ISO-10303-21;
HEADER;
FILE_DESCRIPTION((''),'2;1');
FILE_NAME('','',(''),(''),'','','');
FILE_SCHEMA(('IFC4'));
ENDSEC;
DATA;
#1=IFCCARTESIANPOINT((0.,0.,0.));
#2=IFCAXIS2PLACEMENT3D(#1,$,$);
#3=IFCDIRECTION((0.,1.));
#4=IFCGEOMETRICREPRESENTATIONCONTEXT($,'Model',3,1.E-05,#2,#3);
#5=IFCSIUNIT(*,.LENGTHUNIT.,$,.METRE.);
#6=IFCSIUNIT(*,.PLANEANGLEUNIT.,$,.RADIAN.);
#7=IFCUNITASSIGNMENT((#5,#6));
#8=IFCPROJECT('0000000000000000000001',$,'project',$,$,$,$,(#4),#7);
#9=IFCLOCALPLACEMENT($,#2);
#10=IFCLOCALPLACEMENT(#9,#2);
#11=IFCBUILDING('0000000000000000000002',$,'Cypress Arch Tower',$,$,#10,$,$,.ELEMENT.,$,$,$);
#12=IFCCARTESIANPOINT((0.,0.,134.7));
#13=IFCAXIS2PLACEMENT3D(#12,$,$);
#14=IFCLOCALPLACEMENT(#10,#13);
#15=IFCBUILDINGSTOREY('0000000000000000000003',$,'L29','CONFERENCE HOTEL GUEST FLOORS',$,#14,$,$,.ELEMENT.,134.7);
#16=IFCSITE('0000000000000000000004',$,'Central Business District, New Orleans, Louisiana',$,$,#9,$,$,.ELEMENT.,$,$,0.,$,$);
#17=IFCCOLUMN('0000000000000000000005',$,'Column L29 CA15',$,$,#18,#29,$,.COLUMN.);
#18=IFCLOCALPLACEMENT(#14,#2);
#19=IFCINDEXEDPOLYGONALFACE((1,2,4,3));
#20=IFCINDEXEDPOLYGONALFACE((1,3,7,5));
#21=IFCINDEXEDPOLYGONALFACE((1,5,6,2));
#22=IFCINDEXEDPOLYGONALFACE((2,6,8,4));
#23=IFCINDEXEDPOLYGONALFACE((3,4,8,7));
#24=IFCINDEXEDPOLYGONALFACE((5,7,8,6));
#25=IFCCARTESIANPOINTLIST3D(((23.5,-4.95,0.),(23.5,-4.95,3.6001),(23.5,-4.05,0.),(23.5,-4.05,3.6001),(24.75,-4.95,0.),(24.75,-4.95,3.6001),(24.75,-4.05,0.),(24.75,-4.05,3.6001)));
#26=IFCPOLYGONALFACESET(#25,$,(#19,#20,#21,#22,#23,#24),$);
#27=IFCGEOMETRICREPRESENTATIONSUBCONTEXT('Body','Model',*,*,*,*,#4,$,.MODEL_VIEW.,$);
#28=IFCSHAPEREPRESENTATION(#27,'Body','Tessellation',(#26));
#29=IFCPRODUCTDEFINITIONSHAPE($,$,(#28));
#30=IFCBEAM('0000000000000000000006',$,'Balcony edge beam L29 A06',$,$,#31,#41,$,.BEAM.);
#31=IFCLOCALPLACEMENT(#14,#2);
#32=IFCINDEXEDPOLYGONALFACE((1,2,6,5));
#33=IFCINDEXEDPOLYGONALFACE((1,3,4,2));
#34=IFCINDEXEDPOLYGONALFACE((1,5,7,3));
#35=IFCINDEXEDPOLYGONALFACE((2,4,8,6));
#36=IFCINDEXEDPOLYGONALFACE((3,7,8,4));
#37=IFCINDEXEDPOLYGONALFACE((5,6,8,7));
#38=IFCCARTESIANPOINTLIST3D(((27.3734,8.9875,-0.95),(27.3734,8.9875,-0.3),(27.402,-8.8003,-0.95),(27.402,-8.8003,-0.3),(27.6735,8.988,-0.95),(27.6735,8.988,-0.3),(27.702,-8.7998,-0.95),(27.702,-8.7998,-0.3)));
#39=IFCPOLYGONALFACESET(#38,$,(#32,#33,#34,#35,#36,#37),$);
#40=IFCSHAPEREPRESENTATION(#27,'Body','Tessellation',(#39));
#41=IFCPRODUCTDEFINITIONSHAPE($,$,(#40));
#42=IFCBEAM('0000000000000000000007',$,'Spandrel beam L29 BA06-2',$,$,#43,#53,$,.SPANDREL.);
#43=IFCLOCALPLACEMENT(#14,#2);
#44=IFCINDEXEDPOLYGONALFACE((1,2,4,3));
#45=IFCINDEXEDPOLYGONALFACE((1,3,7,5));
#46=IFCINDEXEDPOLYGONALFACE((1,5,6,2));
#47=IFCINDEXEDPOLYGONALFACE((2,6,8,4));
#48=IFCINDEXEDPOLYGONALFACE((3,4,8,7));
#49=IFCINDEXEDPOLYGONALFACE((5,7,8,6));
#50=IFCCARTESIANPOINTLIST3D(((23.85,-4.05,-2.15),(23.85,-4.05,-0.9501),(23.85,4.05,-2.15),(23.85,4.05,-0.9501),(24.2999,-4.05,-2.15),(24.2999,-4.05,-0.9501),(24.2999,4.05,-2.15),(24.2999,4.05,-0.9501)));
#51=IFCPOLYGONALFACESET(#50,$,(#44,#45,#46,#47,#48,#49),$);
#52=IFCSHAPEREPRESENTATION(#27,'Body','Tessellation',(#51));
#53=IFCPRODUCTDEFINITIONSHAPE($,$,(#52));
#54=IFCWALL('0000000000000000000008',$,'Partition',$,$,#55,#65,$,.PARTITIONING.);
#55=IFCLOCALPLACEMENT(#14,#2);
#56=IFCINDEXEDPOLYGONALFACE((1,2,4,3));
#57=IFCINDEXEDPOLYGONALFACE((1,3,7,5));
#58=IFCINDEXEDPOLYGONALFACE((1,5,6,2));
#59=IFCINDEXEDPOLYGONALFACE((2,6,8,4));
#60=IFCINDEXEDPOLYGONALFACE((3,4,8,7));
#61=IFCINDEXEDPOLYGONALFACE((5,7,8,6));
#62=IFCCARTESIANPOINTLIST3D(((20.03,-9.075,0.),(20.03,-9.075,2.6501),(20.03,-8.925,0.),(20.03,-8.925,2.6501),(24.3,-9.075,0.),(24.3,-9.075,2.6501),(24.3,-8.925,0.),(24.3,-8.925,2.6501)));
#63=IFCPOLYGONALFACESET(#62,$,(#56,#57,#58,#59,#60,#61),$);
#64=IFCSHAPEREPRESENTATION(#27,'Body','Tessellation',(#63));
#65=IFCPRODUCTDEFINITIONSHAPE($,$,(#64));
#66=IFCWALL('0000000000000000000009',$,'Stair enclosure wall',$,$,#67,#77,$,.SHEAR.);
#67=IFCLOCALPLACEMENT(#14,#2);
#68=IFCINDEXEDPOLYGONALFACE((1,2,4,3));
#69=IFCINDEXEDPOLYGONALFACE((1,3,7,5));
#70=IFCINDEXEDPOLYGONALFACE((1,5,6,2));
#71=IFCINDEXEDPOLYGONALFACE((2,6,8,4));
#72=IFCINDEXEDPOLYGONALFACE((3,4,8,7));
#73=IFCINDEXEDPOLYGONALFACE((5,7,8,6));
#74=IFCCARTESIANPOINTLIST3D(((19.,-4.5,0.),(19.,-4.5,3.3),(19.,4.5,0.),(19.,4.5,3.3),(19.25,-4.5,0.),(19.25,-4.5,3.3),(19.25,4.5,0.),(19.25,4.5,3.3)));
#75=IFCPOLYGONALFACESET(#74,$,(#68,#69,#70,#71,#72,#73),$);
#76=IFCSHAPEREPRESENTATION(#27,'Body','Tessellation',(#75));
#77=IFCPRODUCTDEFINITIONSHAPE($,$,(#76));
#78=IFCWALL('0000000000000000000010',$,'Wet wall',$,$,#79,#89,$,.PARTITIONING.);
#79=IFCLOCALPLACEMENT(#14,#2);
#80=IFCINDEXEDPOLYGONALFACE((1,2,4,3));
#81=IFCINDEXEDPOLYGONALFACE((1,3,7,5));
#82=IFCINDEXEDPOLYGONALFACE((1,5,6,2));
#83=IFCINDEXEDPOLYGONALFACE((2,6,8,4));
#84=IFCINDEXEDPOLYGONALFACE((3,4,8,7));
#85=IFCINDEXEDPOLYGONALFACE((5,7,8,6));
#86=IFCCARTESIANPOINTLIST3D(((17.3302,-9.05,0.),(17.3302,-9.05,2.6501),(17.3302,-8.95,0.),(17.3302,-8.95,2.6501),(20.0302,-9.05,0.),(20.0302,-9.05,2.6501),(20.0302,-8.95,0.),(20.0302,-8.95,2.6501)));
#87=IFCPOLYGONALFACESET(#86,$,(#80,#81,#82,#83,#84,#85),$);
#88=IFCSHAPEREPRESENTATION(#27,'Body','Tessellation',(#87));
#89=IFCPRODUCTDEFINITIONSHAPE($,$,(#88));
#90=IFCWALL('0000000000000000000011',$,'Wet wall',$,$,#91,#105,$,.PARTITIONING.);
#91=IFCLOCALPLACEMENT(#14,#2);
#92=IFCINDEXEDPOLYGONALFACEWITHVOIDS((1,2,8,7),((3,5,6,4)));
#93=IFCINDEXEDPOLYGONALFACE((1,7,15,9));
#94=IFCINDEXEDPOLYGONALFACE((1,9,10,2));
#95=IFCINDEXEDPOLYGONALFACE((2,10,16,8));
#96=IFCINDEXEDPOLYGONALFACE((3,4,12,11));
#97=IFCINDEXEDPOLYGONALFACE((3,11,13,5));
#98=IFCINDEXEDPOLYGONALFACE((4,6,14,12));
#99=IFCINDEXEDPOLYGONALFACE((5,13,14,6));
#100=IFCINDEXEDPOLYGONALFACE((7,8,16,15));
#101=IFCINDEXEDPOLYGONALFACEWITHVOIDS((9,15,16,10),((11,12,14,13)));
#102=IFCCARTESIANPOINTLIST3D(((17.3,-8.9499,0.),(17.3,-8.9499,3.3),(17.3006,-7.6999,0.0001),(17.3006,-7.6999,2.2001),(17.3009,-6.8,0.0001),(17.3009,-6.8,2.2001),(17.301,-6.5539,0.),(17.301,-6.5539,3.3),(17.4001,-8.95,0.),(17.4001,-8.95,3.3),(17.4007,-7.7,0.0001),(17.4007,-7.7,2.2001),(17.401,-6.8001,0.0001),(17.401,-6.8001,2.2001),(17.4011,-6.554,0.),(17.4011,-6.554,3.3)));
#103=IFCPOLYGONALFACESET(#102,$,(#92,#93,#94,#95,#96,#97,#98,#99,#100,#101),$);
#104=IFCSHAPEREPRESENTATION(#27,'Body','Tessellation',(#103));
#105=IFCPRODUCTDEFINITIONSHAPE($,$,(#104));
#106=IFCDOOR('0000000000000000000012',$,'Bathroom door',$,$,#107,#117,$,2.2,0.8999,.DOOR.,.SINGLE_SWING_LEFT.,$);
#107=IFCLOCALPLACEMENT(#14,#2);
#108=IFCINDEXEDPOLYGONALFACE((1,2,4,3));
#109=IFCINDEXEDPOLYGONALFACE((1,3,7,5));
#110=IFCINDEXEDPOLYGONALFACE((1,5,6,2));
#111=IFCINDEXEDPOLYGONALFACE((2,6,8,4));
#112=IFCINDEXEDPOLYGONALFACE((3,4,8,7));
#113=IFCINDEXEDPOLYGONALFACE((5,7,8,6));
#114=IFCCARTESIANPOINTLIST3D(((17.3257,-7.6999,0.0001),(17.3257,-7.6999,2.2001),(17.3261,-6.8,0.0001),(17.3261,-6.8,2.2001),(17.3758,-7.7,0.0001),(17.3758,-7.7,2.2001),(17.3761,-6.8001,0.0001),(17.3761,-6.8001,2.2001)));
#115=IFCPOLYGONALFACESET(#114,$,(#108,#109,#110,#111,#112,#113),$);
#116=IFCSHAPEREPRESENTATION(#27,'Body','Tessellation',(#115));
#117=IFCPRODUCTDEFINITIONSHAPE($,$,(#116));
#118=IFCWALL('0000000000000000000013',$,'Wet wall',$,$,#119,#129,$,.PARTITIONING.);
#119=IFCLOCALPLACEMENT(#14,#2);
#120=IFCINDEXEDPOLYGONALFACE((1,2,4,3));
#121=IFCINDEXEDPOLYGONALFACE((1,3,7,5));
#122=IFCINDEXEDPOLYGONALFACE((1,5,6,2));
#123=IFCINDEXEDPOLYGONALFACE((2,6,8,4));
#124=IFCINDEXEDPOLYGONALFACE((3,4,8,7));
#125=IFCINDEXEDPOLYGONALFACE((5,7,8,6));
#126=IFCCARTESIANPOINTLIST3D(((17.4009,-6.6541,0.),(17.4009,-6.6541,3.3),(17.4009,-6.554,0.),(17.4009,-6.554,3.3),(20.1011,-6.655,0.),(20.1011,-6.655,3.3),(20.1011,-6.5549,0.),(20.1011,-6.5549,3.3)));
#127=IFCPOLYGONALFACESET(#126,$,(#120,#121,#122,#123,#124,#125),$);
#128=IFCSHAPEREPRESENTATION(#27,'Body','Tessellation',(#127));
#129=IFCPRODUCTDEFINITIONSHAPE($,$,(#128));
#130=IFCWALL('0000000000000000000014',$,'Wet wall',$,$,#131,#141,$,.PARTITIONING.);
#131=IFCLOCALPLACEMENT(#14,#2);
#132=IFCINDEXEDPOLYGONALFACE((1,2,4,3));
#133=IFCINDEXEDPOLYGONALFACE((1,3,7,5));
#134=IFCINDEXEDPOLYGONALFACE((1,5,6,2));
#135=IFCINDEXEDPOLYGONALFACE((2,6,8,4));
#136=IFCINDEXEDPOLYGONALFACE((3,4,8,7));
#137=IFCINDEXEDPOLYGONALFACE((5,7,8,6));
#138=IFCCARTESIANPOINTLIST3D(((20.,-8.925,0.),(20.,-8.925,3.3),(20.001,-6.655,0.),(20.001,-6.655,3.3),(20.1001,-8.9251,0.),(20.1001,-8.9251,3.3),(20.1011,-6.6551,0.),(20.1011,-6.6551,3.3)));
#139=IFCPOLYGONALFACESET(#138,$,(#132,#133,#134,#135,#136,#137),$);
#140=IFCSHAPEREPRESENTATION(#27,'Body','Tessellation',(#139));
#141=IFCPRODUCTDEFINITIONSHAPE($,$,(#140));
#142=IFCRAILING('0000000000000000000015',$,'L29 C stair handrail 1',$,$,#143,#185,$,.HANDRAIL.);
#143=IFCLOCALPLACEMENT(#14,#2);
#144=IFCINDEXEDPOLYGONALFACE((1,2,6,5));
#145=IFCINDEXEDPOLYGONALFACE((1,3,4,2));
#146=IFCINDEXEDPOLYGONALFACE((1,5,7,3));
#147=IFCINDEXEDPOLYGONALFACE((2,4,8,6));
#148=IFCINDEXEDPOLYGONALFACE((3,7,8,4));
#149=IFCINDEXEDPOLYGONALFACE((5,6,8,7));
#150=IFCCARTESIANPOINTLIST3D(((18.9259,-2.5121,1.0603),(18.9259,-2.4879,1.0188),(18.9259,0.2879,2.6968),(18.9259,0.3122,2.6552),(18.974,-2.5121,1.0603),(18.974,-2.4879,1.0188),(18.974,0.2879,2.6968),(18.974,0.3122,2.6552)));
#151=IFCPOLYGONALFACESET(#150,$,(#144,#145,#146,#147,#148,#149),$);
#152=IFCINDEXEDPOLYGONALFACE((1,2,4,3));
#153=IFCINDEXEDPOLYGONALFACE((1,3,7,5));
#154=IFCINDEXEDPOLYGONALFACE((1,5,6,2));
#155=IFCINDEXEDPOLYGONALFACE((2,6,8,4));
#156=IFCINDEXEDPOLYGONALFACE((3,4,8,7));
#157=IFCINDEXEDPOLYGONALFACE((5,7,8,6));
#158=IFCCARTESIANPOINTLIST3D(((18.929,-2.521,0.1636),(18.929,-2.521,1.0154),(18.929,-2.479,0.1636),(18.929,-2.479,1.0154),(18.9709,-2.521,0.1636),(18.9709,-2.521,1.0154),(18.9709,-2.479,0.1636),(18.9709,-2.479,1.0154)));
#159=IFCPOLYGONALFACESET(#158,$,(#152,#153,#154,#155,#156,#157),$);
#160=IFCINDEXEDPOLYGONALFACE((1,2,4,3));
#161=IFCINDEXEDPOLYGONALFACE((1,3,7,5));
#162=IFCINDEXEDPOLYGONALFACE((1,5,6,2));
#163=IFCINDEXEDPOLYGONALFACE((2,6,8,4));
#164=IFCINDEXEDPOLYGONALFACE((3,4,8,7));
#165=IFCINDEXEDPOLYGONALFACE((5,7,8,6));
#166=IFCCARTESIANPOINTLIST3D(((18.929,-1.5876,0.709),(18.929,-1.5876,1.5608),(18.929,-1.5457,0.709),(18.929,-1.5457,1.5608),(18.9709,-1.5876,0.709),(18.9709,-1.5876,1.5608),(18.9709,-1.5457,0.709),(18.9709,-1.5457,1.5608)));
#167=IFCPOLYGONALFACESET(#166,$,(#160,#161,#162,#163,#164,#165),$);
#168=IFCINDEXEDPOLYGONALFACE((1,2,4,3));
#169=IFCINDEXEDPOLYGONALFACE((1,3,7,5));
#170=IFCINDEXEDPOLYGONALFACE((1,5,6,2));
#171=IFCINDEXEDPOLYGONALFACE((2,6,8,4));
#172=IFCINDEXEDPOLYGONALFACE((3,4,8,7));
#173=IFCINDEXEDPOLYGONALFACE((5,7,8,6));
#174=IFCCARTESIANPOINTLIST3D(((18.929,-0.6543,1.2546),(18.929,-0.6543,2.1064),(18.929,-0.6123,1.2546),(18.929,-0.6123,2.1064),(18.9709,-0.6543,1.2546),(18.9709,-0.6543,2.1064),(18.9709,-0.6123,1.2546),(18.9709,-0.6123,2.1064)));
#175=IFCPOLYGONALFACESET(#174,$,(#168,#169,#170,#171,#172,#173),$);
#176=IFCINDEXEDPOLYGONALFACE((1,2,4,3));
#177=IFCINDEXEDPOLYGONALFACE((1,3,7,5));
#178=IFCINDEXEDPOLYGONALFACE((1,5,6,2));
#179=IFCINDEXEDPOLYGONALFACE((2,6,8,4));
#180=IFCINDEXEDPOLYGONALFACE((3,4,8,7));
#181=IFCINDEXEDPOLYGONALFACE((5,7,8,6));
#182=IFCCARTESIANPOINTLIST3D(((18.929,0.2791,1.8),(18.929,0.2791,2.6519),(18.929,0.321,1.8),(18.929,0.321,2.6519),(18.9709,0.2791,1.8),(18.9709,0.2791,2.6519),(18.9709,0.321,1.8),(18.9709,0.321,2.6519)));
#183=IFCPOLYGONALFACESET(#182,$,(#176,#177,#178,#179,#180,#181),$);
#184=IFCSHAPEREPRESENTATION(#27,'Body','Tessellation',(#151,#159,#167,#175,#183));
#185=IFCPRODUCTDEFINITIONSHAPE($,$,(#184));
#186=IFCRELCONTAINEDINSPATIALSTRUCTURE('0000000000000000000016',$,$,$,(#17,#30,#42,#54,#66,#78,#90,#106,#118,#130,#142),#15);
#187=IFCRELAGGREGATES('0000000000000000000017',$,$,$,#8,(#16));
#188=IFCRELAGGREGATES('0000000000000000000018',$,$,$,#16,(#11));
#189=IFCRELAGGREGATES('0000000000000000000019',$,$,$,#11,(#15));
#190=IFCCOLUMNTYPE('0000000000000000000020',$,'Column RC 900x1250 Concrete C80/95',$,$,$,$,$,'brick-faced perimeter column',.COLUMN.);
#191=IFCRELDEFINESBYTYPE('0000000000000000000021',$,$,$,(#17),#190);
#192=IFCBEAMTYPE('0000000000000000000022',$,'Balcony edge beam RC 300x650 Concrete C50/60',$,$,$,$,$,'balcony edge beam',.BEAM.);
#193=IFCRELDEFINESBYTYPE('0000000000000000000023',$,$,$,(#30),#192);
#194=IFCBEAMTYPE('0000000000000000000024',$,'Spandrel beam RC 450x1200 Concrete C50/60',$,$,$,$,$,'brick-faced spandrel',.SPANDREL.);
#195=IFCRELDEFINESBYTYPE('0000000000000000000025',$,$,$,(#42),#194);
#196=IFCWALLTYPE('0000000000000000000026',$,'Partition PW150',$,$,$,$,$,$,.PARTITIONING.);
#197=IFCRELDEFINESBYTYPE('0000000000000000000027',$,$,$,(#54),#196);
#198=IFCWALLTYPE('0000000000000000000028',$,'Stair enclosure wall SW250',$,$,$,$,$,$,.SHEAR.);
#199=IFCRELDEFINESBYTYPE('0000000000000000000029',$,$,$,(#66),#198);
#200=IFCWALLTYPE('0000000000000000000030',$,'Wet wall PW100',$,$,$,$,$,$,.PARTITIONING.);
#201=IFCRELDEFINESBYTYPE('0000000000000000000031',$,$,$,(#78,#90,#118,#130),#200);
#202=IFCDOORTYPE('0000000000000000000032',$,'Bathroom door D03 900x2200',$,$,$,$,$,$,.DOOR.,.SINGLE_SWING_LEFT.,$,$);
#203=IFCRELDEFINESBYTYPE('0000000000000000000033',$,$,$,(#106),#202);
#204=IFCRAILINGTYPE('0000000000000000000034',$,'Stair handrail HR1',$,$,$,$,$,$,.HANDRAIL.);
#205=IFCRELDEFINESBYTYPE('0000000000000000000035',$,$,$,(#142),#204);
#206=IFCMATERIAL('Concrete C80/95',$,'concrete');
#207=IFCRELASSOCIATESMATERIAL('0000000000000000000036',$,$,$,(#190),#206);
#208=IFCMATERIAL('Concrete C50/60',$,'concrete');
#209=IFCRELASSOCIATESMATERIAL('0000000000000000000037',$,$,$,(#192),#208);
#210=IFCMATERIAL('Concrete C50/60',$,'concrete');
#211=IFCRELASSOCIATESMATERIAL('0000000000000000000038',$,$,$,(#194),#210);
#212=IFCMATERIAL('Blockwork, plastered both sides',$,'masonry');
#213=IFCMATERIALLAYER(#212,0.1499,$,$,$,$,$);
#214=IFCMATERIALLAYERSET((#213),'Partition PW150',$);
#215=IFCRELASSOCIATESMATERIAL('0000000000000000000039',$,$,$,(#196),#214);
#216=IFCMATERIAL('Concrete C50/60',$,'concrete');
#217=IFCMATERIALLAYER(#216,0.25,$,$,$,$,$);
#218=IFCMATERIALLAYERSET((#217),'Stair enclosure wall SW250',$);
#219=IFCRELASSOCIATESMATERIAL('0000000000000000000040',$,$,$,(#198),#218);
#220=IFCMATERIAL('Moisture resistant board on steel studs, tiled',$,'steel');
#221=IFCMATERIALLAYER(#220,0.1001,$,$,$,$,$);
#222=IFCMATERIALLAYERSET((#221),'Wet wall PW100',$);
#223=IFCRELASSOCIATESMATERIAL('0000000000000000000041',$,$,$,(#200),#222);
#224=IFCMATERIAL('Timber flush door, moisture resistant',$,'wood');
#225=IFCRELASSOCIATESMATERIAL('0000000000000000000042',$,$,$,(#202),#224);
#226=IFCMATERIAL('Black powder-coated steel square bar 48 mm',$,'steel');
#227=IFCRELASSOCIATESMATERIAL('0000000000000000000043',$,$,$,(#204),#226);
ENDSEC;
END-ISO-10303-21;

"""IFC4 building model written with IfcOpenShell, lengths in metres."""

from ifc_helpers import new_model, si_unit, direction, frame, frame_2d, origin, origin_2d, place, context, subcontext, project, spatial, rectangle, extrude, material, layer, layer_set, material_profile, profile_set, type_object, element, fill, save


model = new_model("IFC4")

# Units and contexts
model_context = context("Model", 3, precision=1e-05, world=origin(), true_north=direction((0.0, 1.0)))
body_context = subcontext(model_context, "Body", "Model", "MODEL_VIEW")
ifc_project = project(units=[si_unit("LENGTHUNIT", "METRE"), si_unit("PLANEANGLEUNIT", "RADIAN")], contexts=[model_context])

# Site, building, storey
site_placement = place(None, origin())
site = spatial("IfcSite", under=ifc_project, at=site_placement, Name="Central Business District, New Orleans, Louisiana", CompositionType="ELEMENT", RefElevation=0.0)
building_placement = place(site_placement, origin())
building = spatial("IfcBuilding", under=site, at=building_placement, Name="Cypress Arch Tower", CompositionType="ELEMENT")
storey_placement = place(building_placement, frame((0.0, 0.0, 134.7)))
storey = spatial("IfcBuildingStorey", under=building, at=storey_placement, Name="L29", Description="CONFERENCE HOTEL GUEST FLOORS", CompositionType="ELEMENT", Elevation=134.7)

# Column
ifc_material_1 = material(Name="Concrete C80/95", Category="concrete")
ifc_material_profile_1 = material_profile(ifc_material_1, rectangle(XDim=0.8999, YDim=1.25, at=origin_2d()), Name="RC 900x1250")
ifc_profile_set_1 = profile_set([ifc_material_profile_1], Name="Concrete C80/95")
column_type = type_object("IfcColumnType", Name="Column RC 900x1250 Concrete C80/95", ElementType="brick-faced perimeter column", PredefinedType="COLUMN", material=ifc_profile_set_1)
column_placement = place(storey_placement, frame((24.125, -4.5, 0.0), z_axis=(0.0, 0.0, 1.0), x_axis=(0.0, 1.0, 0.0)))
element("IfcColumn", 1, at=column_placement, inside=storey, type_object=column_type, Name="Column L29 CA15", PredefinedType="COLUMN", context=body_context, shape_type="SweptSolid", body=[
    extrude(rectangle(XDim=0.8999, YDim=1.25, at=origin_2d()), origin(), (0.0, 0.0, 1.0), 3.6001),
])

# Beams
ifc_material_2 = material(Name="Concrete C50/60", Category="concrete")
ifc_material_profile_2 = material_profile(ifc_material_2, rectangle(XDim=0.3, YDim=0.6499, at=origin_2d()), Name="RC 300x650")
ifc_profile_set_2 = profile_set([ifc_material_profile_2], Name="Concrete C50/60")
beam_type_1 = type_object("IfcBeamType", Name="Balcony edge beam RC 300x650 Concrete C50/60", ElementType="balcony edge beam", PredefinedType="BEAM", material=ifc_profile_set_2)
beam_1_placement = place(storey_placement, frame((27.552, -8.8, -0.625), z_axis=(-0.001606, 0.999999, 0.0), x_axis=(-0.999999, -0.001606, 0.0)))
element("IfcBeam", 2, at=beam_1_placement, inside=storey, type_object=beam_type_1, Name="Balcony edge beam L29 A06", PredefinedType="BEAM", context=body_context, shape_type="SweptSolid", body=[
    extrude(rectangle(XDim=0.3, YDim=0.6499, at=origin_2d()), origin(), (0.0, 0.0, 1.0), 17.7878),
])
ifc_material_3 = material(Name="Concrete C50/60", Category="concrete")
ifc_material_profile_3 = material_profile(ifc_material_3, rectangle(XDim=0.45, YDim=1.2, at=origin_2d()), Name="RC 450x1200")
ifc_profile_set_3 = profile_set([ifc_material_profile_3], Name="Concrete C50/60")
beam_type_2 = type_object("IfcBeamType", Name="Spandrel beam RC 450x1200 Concrete C50/60", ElementType="brick-faced spandrel", PredefinedType="SPANDREL", material=ifc_profile_set_3)
beam_2_placement = place(storey_placement, frame((24.075, -4.05, -1.55), z_axis=(0.0, 1.0, 0.0), x_axis=(-1.0, 0.0, 0.0)))
element("IfcBeam", 3, at=beam_2_placement, inside=storey, type_object=beam_type_2, Name="Spandrel beam L29 BA06-2", PredefinedType="SPANDREL", context=body_context, shape_type="SweptSolid", body=[
    extrude(rectangle(XDim=0.45, YDim=1.2, at=origin_2d()), origin(), (0.0, 0.0, 1.0), 8.1001),
])

# Walls
ifc_material_4 = material(Name="Blockwork, plastered both sides", Category="masonry")
ifc_layer_1 = layer(ifc_material_4, 0.1499)
ifc_layer_set_1 = layer_set([ifc_layer_1], Name="Partition PW150")
wall_type_1 = type_object("IfcWallType", Name="Partition PW150", PredefinedType="PARTITIONING", material=ifc_layer_set_1)
wall_1_placement = place(storey_placement, frame((20.03, -9.0, 0.0), z_axis=(0.0, 0.0, 1.0), x_axis=(1.0, 0.0, 0.0)))
element("IfcWall", 4, at=wall_1_placement, inside=storey, type_object=wall_type_1, Name="Partition", PredefinedType="PARTITIONING", context=body_context, shape_type="SweptSolid", body=[
    extrude(rectangle(XDim=4.27, YDim=0.1499, at=frame_2d((2.135, 0.0))), origin(), (0.0, 0.0, 1.0), 2.6501),
])
ifc_material_5 = material(Name="Concrete C50/60", Category="concrete")
ifc_layer_2 = layer(ifc_material_5, 0.25)
ifc_layer_set_2 = layer_set([ifc_layer_2], Name="Stair enclosure wall SW250")
wall_type_2 = type_object("IfcWallType", Name="Stair enclosure wall SW250", PredefinedType="SHEAR", material=ifc_layer_set_2)
wall_2_placement = place(storey_placement, frame((19.125, -4.5, 0.0), z_axis=(0.0, 0.0, 1.0), x_axis=(0.0, 1.0, 0.0)))
element("IfcWall", 5, at=wall_2_placement, inside=storey, type_object=wall_type_2, Name="Stair enclosure wall", PredefinedType="SHEAR", context=body_context, shape_type="SweptSolid", body=[
    extrude(rectangle(XDim=9.0, YDim=0.25, at=frame_2d((4.5, 0.0))), origin(), (0.0, 0.0, 1.0), 3.3),
])
ifc_material_6 = material(Name="Moisture resistant board on steel studs, tiled", Category="steel")
ifc_layer_3 = layer(ifc_material_6, 0.1001)
ifc_layer_set_3 = layer_set([ifc_layer_3], Name="Wet wall PW100")
wall_type_3 = type_object("IfcWallType", Name="Wet wall PW100", PredefinedType="PARTITIONING", material=ifc_layer_set_3)
wall_3_placement = place(storey_placement, frame((17.3301, -9.0, 0.0), z_axis=(0.0, 0.0, 1.0), x_axis=(1.0, 0.0, 0.0)))
element("IfcWall", 6, at=wall_3_placement, inside=storey, type_object=wall_type_3, Name="Wet wall", PredefinedType="PARTITIONING", context=body_context, shape_type="SweptSolid", body=[
    extrude(rectangle(XDim=2.7, YDim=0.1001, at=frame_2d((1.3501, 0.0))), origin(), (0.0, 0.0, 1.0), 2.6501),
])

# Wall, opening, door
wall_4_placement = place(storey_placement, frame((17.3501, -8.95, 0.0), z_axis=(0.0, 0.0, 1.0), x_axis=(0.000408, 1.0, 0.0)))
wall_4 = element("IfcWall", 7, at=wall_4_placement, inside=storey, type_object=wall_type_3, Name="Wet wall", PredefinedType="PARTITIONING", context=body_context, shape_type="SweptSolid", body=[
    extrude(rectangle(XDim=2.396, YDim=0.1001, at=frame_2d((1.198, 0.0))), origin(), (0.0, 0.0, 1.0), 3.3),
])
opening_1_placement = place(wall_4_placement, frame((1.25, 0.0, 0.0)))
opening_1 = element("IfcOpeningElement", 8, at=opening_1_placement, cuts=wall_4, PredefinedType="OPENING", context=body_context, shape_type="SweptSolid", body=[
    extrude(rectangle(XDim=0.8999, YDim=2.2, at=frame_2d((0.45, 1.1001))), frame((0.0, 0.0601, 0.0), z_axis=(0.0, -1.0, 0.0), x_axis=(1.0, 0.0, 0.0)), (0.0, 0.0, 1.0), 0.1201),
])
ifc_material_7 = material(Name="Timber flush door, moisture resistant", Category="wood")
door_type_1 = type_object("IfcDoorType", Name="Bathroom door D03 900x2200", OperationType="SINGLE_SWING_LEFT", PredefinedType="DOOR", material=ifc_material_7)
door_1_placement = place(opening_1_placement, origin())
door_1 = element("IfcDoor", 9, at=door_1_placement, inside=storey, type_object=door_type_1, Name="Bathroom door", OperationType="SINGLE_SWING_LEFT", OverallHeight=2.2, OverallWidth=0.8999, PredefinedType="DOOR", context=body_context, shape_type="SweptSolid", body=[
    extrude(rectangle(XDim=0.8999, YDim=2.2, at=frame_2d((0.45, 1.1001))), frame((0.0, 0.0249, 0.0), z_axis=(0.0, -1.0, 0.0), x_axis=(1.0, 0.0, 0.0)), (0.0, 0.0, 1.0), 0.05),
])
fill(opening_1, door_1)

# Walls
wall_5_placement = place(storey_placement, frame((17.4009, -6.604, 0.0), z_axis=(0.0, 0.0, 1.0), x_axis=(1.0, -0.000362, 0.0)))
element("IfcWall", 10, at=wall_5_placement, inside=storey, type_object=wall_type_3, Name="Wet wall", PredefinedType="PARTITIONING", context=body_context, shape_type="SweptSolid", body=[
    extrude(rectangle(XDim=2.7002, YDim=0.1001, at=frame_2d((1.3501, 0.0))), origin(), (0.0, 0.0, 1.0), 3.3),
])
wall_6_placement = place(storey_placement, frame((20.05, -8.925, 0.0), z_axis=(0.0, 0.0, 1.0), x_axis=(0.00043, 1.0, 0.0)))
element("IfcWall", 11, at=wall_6_placement, inside=storey, type_object=wall_type_3, Name="Wet wall", PredefinedType="PARTITIONING", context=body_context, shape_type="SweptSolid", body=[
    extrude(rectangle(XDim=2.27, YDim=0.1001, at=frame_2d((1.135, 0.0))), origin(), (0.0, 0.0, 1.0), 3.3),
])

# Railing
ifc_material_8 = material(Name="Black powder-coated steel square bar 48 mm", Category="steel")
railing_type_1 = type_object("IfcRailingType", Name="Stair handrail HR1", PredefinedType="HANDRAIL", material=ifc_material_8)
railing_1_placement = place(storey_placement, frame((18.95, -2.5, 0.1636)))
element("IfcRailing", 12, at=railing_1_placement, inside=storey, type_object=railing_type_1, Name="L29 C stair handrail 1", PredefinedType="HANDRAIL", context=body_context, shape_type="SweptSolid", body=[
    extrude(rectangle(XDim=0.0481, YDim=0.0481, at=origin_2d()), frame((0.0, 0.0, 0.876), z_axis=(0.0, 0.863361, 0.504587), x_axis=(-1.0, 0.0, 0.0)), (0.0, 0.0, 1.0), 3.2432),
    extrude(rectangle(XDim=0.042, YDim=0.042, at=origin_2d()), origin(), (0.0, 0.0, 1.0), 0.8518),
    extrude(rectangle(XDim=0.042, YDim=0.042, at=origin_2d()), frame((0.0, 0.9333, 0.5454)), (0.0, 0.0, 1.0), 0.8518),
    extrude(rectangle(XDim=0.042, YDim=0.042, at=origin_2d()), frame((0.0, 1.8667, 1.0911)), (0.0, 0.0, 1.0), 0.8518),
    extrude(rectangle(XDim=0.042, YDim=0.042, at=origin_2d()), frame((0.0, 2.8, 1.6365)), (0.0, 0.0, 1.0), 0.8518),
])

save(model, "model.ifc")
